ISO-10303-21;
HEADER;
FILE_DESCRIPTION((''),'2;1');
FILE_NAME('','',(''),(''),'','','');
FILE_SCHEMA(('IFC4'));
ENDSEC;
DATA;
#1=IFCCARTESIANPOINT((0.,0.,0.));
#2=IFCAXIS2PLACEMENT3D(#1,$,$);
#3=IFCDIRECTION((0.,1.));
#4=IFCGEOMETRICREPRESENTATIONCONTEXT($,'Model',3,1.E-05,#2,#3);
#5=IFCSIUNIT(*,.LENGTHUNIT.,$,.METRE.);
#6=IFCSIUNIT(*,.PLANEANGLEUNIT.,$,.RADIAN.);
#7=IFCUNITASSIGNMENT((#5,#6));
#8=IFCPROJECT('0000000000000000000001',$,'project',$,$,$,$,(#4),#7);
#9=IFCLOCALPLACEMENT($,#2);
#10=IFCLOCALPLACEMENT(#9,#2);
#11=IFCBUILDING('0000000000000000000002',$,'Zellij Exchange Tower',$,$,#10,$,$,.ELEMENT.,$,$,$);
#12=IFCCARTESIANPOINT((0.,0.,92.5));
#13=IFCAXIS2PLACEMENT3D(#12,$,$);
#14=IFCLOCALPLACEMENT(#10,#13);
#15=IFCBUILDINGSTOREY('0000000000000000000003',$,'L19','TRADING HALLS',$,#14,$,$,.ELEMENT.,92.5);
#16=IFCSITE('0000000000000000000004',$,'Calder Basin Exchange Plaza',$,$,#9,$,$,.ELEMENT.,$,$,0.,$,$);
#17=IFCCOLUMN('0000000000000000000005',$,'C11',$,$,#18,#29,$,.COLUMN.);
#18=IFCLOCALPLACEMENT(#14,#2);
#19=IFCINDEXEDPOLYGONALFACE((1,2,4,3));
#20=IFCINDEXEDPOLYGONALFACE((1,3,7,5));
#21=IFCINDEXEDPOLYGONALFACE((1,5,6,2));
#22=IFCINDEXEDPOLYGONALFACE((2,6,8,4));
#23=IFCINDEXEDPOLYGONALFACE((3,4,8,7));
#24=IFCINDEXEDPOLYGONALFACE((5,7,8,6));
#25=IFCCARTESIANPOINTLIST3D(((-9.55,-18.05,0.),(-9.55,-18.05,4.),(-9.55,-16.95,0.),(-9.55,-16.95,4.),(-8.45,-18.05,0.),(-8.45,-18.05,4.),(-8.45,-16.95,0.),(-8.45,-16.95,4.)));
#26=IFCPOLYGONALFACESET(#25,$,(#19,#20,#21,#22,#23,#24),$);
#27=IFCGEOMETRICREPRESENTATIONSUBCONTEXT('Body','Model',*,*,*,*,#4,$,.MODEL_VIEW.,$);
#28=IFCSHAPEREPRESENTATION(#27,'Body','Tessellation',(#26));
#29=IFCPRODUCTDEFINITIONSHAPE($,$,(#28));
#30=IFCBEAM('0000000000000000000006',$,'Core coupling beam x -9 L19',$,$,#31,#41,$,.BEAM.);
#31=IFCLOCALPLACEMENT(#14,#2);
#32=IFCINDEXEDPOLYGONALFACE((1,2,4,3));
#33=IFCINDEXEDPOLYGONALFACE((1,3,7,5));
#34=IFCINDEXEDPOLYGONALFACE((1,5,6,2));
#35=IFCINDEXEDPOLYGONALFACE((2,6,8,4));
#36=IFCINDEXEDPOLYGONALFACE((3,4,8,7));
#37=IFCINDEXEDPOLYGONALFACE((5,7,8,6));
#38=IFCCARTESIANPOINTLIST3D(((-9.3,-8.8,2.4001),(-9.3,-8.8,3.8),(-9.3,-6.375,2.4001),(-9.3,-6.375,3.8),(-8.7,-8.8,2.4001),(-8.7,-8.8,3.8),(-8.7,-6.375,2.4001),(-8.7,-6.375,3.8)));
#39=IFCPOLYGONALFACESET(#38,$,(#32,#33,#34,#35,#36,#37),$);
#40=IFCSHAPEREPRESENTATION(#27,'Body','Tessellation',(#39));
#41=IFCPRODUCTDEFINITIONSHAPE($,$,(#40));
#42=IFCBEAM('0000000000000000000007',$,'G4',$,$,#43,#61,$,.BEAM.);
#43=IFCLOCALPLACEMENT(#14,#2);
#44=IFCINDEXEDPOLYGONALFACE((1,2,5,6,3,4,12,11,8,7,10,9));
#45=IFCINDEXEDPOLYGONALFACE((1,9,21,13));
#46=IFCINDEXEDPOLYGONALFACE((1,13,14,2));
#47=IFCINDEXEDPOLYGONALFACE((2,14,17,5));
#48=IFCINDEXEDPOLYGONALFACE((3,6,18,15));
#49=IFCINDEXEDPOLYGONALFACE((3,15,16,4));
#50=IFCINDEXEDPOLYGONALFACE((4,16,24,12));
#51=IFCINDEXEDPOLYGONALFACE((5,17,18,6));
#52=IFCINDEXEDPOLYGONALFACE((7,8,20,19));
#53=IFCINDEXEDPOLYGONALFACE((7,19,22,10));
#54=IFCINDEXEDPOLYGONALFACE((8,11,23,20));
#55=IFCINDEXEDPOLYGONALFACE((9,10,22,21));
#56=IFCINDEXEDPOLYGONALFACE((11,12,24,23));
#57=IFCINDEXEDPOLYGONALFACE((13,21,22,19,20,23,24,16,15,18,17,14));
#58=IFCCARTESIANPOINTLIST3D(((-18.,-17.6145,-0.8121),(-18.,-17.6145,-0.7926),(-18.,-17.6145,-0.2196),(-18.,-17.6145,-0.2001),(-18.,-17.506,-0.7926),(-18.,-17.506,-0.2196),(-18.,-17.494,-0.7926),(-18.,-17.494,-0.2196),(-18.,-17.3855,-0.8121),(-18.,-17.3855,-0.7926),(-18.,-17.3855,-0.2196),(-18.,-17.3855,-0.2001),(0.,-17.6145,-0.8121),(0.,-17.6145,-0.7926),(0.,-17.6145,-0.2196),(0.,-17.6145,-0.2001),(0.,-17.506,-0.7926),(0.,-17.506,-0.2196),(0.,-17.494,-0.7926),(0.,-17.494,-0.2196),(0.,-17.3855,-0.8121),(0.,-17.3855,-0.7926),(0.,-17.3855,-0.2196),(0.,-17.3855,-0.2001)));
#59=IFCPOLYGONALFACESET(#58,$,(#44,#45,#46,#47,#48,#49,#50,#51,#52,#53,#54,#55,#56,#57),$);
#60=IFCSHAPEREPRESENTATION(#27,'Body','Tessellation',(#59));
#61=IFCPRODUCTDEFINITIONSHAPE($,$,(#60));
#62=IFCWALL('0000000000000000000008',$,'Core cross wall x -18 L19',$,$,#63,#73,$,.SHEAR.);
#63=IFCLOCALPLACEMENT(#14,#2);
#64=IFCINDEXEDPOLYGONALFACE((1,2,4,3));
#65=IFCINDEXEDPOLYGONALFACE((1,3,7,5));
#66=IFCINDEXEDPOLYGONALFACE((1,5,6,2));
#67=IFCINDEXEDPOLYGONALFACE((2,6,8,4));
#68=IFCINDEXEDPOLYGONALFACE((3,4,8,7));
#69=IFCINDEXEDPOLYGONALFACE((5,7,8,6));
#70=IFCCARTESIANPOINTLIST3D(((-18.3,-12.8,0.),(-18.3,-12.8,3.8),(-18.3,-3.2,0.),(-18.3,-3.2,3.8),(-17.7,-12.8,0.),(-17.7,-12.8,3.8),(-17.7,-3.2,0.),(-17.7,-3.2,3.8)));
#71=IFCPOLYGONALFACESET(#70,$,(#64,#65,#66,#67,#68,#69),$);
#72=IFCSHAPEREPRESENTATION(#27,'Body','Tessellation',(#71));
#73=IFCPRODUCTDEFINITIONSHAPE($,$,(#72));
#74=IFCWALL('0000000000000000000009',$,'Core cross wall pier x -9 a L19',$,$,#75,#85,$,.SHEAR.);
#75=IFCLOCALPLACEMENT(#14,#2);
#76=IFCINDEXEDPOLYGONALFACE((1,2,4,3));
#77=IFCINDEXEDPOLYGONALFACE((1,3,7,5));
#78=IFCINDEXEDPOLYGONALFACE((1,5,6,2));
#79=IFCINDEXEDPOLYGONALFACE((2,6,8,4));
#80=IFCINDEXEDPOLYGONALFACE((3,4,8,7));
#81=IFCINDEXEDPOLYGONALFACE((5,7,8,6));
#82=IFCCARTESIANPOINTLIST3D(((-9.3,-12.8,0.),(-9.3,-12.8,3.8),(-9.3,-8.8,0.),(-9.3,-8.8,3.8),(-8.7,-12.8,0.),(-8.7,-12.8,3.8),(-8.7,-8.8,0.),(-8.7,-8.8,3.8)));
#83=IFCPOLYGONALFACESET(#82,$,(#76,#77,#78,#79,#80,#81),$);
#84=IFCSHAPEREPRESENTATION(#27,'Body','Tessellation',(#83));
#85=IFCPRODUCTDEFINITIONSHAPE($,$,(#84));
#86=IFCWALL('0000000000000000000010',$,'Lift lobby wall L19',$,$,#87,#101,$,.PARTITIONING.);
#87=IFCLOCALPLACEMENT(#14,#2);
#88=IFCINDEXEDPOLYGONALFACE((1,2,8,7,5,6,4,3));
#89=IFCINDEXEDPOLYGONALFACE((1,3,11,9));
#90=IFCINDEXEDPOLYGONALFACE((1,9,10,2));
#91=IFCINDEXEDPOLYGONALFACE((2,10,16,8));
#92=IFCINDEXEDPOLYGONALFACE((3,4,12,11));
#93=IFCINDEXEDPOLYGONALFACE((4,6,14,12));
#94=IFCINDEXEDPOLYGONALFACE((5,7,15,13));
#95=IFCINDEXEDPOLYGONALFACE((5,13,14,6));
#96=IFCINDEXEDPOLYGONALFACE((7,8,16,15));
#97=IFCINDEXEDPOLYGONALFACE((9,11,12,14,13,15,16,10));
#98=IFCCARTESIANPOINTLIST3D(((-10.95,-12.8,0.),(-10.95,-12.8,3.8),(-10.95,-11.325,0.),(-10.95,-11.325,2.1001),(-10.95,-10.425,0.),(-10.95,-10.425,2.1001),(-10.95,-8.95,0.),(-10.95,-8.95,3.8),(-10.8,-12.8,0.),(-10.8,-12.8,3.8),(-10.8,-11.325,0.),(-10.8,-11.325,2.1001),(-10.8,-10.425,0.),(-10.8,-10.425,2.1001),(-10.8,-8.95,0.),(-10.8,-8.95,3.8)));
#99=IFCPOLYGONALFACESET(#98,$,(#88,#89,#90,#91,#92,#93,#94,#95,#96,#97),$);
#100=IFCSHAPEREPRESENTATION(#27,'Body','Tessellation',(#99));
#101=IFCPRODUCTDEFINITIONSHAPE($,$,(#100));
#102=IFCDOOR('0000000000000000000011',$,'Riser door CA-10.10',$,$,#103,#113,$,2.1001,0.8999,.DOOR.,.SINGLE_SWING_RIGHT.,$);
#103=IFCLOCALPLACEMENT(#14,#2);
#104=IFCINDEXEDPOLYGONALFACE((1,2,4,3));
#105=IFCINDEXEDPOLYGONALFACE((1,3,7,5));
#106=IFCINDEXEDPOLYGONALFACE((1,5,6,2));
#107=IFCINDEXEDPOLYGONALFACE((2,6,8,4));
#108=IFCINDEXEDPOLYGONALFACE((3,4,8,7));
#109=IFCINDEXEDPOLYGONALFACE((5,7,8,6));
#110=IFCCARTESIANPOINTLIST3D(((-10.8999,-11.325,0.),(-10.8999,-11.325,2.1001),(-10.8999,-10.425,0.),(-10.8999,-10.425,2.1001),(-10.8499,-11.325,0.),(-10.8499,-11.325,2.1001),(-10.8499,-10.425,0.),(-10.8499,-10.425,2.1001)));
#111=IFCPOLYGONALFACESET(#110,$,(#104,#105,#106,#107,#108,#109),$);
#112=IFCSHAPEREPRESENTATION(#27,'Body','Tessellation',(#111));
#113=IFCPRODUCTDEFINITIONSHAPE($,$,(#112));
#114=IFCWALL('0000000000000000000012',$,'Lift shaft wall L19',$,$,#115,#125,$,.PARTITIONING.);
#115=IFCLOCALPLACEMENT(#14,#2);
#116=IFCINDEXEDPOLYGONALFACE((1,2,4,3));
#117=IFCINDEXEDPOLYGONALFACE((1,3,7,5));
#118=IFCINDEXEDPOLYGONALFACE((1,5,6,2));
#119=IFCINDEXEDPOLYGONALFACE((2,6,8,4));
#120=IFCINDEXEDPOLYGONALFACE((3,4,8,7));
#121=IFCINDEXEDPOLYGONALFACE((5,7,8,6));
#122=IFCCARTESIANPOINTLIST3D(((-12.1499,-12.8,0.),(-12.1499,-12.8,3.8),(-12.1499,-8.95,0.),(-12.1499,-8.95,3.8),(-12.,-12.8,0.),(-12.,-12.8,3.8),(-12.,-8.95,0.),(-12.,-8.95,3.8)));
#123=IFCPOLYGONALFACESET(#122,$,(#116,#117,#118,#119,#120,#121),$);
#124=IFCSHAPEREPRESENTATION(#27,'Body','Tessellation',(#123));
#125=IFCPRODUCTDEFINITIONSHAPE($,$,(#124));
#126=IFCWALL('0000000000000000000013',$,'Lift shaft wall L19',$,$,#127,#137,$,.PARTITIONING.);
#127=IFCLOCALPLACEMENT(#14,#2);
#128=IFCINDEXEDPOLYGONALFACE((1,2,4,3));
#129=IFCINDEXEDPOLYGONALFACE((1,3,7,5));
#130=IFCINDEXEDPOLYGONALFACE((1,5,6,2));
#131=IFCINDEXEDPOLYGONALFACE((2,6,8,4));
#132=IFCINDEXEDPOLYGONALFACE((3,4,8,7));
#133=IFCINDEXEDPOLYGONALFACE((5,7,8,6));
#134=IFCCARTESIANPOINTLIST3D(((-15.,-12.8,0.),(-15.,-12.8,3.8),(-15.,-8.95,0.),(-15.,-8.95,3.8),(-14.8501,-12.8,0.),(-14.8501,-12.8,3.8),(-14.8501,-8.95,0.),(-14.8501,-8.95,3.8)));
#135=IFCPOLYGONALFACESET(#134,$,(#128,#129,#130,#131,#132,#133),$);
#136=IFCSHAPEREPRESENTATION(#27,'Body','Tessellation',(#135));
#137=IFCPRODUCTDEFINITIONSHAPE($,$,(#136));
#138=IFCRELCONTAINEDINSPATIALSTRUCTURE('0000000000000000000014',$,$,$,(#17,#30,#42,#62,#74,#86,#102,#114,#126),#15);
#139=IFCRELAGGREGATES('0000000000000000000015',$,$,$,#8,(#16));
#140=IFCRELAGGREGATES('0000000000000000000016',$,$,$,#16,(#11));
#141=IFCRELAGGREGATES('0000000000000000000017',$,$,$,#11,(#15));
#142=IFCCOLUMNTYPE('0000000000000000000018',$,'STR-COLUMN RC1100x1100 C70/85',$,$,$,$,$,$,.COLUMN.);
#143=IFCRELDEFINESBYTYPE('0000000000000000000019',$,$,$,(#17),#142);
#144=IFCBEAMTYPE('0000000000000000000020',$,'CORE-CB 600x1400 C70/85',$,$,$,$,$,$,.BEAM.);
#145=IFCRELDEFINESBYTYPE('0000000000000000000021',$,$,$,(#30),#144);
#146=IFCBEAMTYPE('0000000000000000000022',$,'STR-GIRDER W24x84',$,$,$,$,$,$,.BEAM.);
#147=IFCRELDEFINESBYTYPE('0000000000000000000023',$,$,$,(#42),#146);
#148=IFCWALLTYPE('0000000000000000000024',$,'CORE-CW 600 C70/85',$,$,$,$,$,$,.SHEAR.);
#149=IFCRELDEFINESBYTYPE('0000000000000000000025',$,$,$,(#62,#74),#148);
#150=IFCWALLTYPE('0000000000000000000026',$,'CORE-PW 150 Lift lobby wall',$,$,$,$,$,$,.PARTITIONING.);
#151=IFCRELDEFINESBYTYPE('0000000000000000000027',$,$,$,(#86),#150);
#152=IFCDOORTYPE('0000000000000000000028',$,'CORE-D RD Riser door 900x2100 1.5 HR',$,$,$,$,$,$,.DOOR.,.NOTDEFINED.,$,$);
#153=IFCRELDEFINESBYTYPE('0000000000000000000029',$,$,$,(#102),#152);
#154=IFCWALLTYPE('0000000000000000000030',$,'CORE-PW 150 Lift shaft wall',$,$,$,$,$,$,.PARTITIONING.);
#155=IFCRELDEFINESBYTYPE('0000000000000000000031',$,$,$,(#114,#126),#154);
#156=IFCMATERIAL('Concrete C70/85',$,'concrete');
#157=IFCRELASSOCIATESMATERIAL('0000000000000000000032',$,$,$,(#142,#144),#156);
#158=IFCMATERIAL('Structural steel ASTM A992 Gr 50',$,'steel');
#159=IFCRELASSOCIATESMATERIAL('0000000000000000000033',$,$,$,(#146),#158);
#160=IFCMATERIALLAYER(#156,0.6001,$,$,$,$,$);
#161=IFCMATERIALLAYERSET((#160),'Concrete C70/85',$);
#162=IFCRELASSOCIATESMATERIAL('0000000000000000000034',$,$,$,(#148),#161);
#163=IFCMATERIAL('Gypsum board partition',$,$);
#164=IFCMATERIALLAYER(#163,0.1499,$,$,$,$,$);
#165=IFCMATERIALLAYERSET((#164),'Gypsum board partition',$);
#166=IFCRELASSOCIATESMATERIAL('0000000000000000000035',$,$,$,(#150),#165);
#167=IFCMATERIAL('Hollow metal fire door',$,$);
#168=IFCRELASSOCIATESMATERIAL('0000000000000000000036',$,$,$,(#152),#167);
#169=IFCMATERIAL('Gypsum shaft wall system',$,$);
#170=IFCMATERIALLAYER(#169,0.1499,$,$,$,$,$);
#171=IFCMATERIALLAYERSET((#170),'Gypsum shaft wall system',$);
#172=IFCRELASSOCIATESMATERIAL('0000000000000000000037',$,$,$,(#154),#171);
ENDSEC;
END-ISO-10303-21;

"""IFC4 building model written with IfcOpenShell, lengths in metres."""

from ifc_helpers import new_model, si_unit, direction, frame, frame_2d, origin, origin_2d, place, context, subcontext, project, spatial, rectangle, i_section, extrude, material, layer, layer_set, material_profile, profile_set, type_object, element, fill, save


model = new_model("IFC4")

# Units and contexts
model_context = context("Model", 3, precision=1e-05, world=origin(), true_north=direction((0.0, 1.0)))
body_context = subcontext(model_context, "Body", "Model", "MODEL_VIEW")
ifc_project = project(units=[si_unit("LENGTHUNIT", "METRE"), si_unit("PLANEANGLEUNIT", "RADIAN")], contexts=[model_context])

# Site, building, storey
site_placement = place(None, origin())
site = spatial("IfcSite", under=ifc_project, at=site_placement, Name="Calder Basin Exchange Plaza", CompositionType="ELEMENT", RefElevation=0.0)
building_placement = place(site_placement, origin())
building = spatial("IfcBuilding", under=site, at=building_placement, Name="Zellij Exchange Tower", CompositionType="ELEMENT")
storey_placement = place(building_placement, frame((0.0, 0.0, 92.5)))
storey = spatial("IfcBuildingStorey", under=building, at=storey_placement, Name="L19", Description="TRADING HALLS", CompositionType="ELEMENT", Elevation=92.5)

# Column
ifc_material_1 = material(Name="Concrete C70/85", Category="concrete")
ifc_material_profile_1 = material_profile(ifc_material_1, rectangle(XDim=1.1001, YDim=1.1001, at=origin_2d()), Name="STR-COLUMN RC1100x1100 C70/85")
ifc_profile_set_1 = profile_set([ifc_material_profile_1], Name="Concrete C70/85")
column_type = type_object("IfcColumnType", Name="STR-COLUMN RC1100x1100 C70/85", PredefinedType="COLUMN", material=ifc_profile_set_1)
column_placement = place(storey_placement, frame((-9.0, -17.5, 0.0), z_axis=(0.0, 0.0, 1.0), x_axis=(1.0, 0.0, 0.0)))
element("IfcColumn", 1, at=column_placement, inside=storey, type_object=column_type, Name="C11", PredefinedType="COLUMN", context=body_context, shape_type="SweptSolid", body=[
    extrude(rectangle(XDim=1.1001, YDim=1.1001, at=origin_2d()), origin(), (0.0, 0.0, 1.0), 4.0),
])

# Beams
ifc_material_profile_2 = material_profile(ifc_material_1, rectangle(XDim=0.6001, YDim=1.3999, at=origin_2d()), Name="CORE-CB 600x1400 C70/85")
ifc_profile_set_2 = profile_set([ifc_material_profile_2], Name="Concrete C70/85")
beam_type_1 = type_object("IfcBeamType", Name="CORE-CB 600x1400 C70/85", PredefinedType="BEAM", material=ifc_profile_set_2)
beam_1_placement = place(storey_placement, frame((-9.0, -8.8, 3.1001), z_axis=(0.0, 1.0, 0.0), x_axis=(-1.0, 0.0, 0.0)))
element("IfcBeam", 2, at=beam_1_placement, inside=storey, type_object=beam_type_1, Name="Core coupling beam x -9 L19", PredefinedType="BEAM", context=body_context, shape_type="SweptSolid", body=[
    extrude(rectangle(XDim=0.6001, YDim=1.3999, at=origin_2d()), origin(), (0.0, 0.0, 1.0), 2.425),
])
ifc_material_2 = material(Name="Structural steel ASTM A992 Gr 50", Category="steel")
ifc_material_profile_3 = material_profile(ifc_material_2, i_section(OverallWidth=0.229, OverallDepth=0.6121, WebThickness=0.012, FlangeThickness=0.0195, at=origin_2d()), Name="W24x84")
ifc_profile_set_3 = profile_set([ifc_material_profile_3], Name="Structural steel ASTM A992 Gr 50")
beam_type_2 = type_object("IfcBeamType", Name="STR-GIRDER W24x84", PredefinedType="BEAM", material=ifc_profile_set_3)
beam_2_placement = place(storey_placement, frame((-18.0, -17.5, -0.5061), z_axis=(1.0, 0.0, 0.0), x_axis=(0.0, 1.0, 0.0)))
element("IfcBeam", 3, at=beam_2_placement, inside=storey, type_object=beam_type_2, Name="G4", PredefinedType="BEAM", context=body_context, shape_type="SweptSolid", body=[
    extrude(i_section(OverallWidth=0.229, OverallDepth=0.6121, WebThickness=0.012, FlangeThickness=0.0195, at=origin_2d()), origin(), (0.0, 0.0, 1.0), 18.0),
])

# Walls
ifc_layer_1 = layer(ifc_material_1, 0.6001)
ifc_layer_set_1 = layer_set([ifc_layer_1], Name="Concrete C70/85")
wall_type_1 = type_object("IfcWallType", Name="CORE-CW 600 C70/85", PredefinedType="SHEAR", material=ifc_layer_set_1)
wall_1_placement = place(storey_placement, frame((-18.0, -12.8, 0.0), z_axis=(0.0, 0.0, 1.0), x_axis=(0.0, 1.0, 0.0)))
element("IfcWall", 4, at=wall_1_placement, inside=storey, type_object=wall_type_1, Name="Core cross wall x -18 L19", PredefinedType="SHEAR", context=body_context, shape_type="SweptSolid", body=[
    extrude(rectangle(XDim=9.6001, YDim=0.6001, at=frame_2d((4.8, 0.0))), origin(), (0.0, 0.0, 1.0), 3.8),
])
wall_2_placement = place(storey_placement, frame((-9.0, -12.8, 0.0), z_axis=(0.0, 0.0, 1.0), x_axis=(0.0, 1.0, 0.0)))
element("IfcWall", 5, at=wall_2_placement, inside=storey, type_object=wall_type_1, Name="Core cross wall pier x -9 a L19", PredefinedType="SHEAR", context=body_context, shape_type="SweptSolid", body=[
    extrude(rectangle(XDim=4.0, YDim=0.6001, at=frame_2d((2.0, 0.0))), origin(), (0.0, 0.0, 1.0), 3.8),
])

# Wall, opening, door
ifc_material_3 = material(Name="Gypsum board partition")
ifc_layer_2 = layer(ifc_material_3, 0.1499)
ifc_layer_set_2 = layer_set([ifc_layer_2], Name="Gypsum board partition")
wall_type_2 = type_object("IfcWallType", Name="CORE-PW 150 Lift lobby wall", PredefinedType="PARTITIONING", material=ifc_layer_set_2)
wall_3_placement = place(storey_placement, frame((-10.875, -12.8, 0.0), z_axis=(0.0, 0.0, 1.0), x_axis=(0.0, 1.0, 0.0)))
wall_3 = element("IfcWall", 6, at=wall_3_placement, inside=storey, type_object=wall_type_2, Name="Lift lobby wall L19", PredefinedType="PARTITIONING", context=body_context, shape_type="SweptSolid", body=[
    extrude(rectangle(XDim=3.8501, YDim=0.1499, at=frame_2d((1.925, 0.0))), origin(), (0.0, 0.0, 1.0), 3.8),
])
opening_1_placement = place(wall_3_placement, frame((1.4751, 0.0, 0.0)))
opening_1 = element("IfcOpeningElement", 7, at=opening_1_placement, cuts=wall_3, PredefinedType="OPENING", context=body_context, shape_type="SweptSolid", body=[
    extrude(rectangle(XDim=0.8999, YDim=2.1001, at=frame_2d((0.45, 1.05))), frame((0.0, 0.0869, 0.0), z_axis=(0.0, -1.0, 0.0), x_axis=(1.0, 0.0, 0.0)), (0.0, 0.0, 1.0), 0.1738),
])
ifc_material_4 = material(Name="Hollow metal fire door")
door_type_1 = type_object("IfcDoorType", Name="CORE-D RD Riser door 900x2100 1.5 HR", OperationType="NOTDEFINED", PredefinedType="DOOR", material=ifc_material_4)
door_1_placement = place(opening_1_placement, origin())
door_1 = element("IfcDoor", 8, at=door_1_placement, inside=storey, type_object=door_type_1, Name="Riser door CA-10.10", OperationType="SINGLE_SWING_RIGHT", OverallHeight=2.1001, OverallWidth=0.8999, PredefinedType="DOOR", context=body_context, shape_type="SweptSolid", body=[
    extrude(rectangle(XDim=0.8999, YDim=2.1001, at=frame_2d((0.45, 1.05))), frame((0.0, 0.0249, 0.0), z_axis=(0.0, -1.0, 0.0), x_axis=(1.0, 0.0, 0.0)), (0.0, 0.0, 1.0), 0.05),
])
fill(opening_1, door_1)

# Walls
ifc_material_5 = material(Name="Gypsum shaft wall system")
ifc_layer_3 = layer(ifc_material_5, 0.1499)
ifc_layer_set_3 = layer_set([ifc_layer_3], Name="Gypsum shaft wall system")
wall_type_3 = type_object("IfcWallType", Name="CORE-PW 150 Lift shaft wall", PredefinedType="PARTITIONING", material=ifc_layer_set_3)
for number, where, z_axis, x_axis, name in (
    (9, (-12.075, -12.8, 0.0), (0.0, 0.0, 1.0), (0.0, 1.0, 0.0), "Lift shaft wall L19"),
    (10, (-14.925, -12.8, 0.0), (0.0, 0.0, 1.0), (0.0, 1.0, 0.0), "Lift shaft wall L19"),
):
    element("IfcWall", number, at=place(storey_placement, frame(where, z_axis=z_axis, x_axis=x_axis)), inside=storey, type_object=wall_type_3, Name=name, PredefinedType="PARTITIONING", context=body_context, shape_type="SweptSolid", body=[
        extrude(rectangle(XDim=3.8501, YDim=0.1499, at=frame_2d((1.925, 0.0))), origin(), (0.0, 0.0, 1.0), 3.8),
    ])

save(model, "model.ifc")
